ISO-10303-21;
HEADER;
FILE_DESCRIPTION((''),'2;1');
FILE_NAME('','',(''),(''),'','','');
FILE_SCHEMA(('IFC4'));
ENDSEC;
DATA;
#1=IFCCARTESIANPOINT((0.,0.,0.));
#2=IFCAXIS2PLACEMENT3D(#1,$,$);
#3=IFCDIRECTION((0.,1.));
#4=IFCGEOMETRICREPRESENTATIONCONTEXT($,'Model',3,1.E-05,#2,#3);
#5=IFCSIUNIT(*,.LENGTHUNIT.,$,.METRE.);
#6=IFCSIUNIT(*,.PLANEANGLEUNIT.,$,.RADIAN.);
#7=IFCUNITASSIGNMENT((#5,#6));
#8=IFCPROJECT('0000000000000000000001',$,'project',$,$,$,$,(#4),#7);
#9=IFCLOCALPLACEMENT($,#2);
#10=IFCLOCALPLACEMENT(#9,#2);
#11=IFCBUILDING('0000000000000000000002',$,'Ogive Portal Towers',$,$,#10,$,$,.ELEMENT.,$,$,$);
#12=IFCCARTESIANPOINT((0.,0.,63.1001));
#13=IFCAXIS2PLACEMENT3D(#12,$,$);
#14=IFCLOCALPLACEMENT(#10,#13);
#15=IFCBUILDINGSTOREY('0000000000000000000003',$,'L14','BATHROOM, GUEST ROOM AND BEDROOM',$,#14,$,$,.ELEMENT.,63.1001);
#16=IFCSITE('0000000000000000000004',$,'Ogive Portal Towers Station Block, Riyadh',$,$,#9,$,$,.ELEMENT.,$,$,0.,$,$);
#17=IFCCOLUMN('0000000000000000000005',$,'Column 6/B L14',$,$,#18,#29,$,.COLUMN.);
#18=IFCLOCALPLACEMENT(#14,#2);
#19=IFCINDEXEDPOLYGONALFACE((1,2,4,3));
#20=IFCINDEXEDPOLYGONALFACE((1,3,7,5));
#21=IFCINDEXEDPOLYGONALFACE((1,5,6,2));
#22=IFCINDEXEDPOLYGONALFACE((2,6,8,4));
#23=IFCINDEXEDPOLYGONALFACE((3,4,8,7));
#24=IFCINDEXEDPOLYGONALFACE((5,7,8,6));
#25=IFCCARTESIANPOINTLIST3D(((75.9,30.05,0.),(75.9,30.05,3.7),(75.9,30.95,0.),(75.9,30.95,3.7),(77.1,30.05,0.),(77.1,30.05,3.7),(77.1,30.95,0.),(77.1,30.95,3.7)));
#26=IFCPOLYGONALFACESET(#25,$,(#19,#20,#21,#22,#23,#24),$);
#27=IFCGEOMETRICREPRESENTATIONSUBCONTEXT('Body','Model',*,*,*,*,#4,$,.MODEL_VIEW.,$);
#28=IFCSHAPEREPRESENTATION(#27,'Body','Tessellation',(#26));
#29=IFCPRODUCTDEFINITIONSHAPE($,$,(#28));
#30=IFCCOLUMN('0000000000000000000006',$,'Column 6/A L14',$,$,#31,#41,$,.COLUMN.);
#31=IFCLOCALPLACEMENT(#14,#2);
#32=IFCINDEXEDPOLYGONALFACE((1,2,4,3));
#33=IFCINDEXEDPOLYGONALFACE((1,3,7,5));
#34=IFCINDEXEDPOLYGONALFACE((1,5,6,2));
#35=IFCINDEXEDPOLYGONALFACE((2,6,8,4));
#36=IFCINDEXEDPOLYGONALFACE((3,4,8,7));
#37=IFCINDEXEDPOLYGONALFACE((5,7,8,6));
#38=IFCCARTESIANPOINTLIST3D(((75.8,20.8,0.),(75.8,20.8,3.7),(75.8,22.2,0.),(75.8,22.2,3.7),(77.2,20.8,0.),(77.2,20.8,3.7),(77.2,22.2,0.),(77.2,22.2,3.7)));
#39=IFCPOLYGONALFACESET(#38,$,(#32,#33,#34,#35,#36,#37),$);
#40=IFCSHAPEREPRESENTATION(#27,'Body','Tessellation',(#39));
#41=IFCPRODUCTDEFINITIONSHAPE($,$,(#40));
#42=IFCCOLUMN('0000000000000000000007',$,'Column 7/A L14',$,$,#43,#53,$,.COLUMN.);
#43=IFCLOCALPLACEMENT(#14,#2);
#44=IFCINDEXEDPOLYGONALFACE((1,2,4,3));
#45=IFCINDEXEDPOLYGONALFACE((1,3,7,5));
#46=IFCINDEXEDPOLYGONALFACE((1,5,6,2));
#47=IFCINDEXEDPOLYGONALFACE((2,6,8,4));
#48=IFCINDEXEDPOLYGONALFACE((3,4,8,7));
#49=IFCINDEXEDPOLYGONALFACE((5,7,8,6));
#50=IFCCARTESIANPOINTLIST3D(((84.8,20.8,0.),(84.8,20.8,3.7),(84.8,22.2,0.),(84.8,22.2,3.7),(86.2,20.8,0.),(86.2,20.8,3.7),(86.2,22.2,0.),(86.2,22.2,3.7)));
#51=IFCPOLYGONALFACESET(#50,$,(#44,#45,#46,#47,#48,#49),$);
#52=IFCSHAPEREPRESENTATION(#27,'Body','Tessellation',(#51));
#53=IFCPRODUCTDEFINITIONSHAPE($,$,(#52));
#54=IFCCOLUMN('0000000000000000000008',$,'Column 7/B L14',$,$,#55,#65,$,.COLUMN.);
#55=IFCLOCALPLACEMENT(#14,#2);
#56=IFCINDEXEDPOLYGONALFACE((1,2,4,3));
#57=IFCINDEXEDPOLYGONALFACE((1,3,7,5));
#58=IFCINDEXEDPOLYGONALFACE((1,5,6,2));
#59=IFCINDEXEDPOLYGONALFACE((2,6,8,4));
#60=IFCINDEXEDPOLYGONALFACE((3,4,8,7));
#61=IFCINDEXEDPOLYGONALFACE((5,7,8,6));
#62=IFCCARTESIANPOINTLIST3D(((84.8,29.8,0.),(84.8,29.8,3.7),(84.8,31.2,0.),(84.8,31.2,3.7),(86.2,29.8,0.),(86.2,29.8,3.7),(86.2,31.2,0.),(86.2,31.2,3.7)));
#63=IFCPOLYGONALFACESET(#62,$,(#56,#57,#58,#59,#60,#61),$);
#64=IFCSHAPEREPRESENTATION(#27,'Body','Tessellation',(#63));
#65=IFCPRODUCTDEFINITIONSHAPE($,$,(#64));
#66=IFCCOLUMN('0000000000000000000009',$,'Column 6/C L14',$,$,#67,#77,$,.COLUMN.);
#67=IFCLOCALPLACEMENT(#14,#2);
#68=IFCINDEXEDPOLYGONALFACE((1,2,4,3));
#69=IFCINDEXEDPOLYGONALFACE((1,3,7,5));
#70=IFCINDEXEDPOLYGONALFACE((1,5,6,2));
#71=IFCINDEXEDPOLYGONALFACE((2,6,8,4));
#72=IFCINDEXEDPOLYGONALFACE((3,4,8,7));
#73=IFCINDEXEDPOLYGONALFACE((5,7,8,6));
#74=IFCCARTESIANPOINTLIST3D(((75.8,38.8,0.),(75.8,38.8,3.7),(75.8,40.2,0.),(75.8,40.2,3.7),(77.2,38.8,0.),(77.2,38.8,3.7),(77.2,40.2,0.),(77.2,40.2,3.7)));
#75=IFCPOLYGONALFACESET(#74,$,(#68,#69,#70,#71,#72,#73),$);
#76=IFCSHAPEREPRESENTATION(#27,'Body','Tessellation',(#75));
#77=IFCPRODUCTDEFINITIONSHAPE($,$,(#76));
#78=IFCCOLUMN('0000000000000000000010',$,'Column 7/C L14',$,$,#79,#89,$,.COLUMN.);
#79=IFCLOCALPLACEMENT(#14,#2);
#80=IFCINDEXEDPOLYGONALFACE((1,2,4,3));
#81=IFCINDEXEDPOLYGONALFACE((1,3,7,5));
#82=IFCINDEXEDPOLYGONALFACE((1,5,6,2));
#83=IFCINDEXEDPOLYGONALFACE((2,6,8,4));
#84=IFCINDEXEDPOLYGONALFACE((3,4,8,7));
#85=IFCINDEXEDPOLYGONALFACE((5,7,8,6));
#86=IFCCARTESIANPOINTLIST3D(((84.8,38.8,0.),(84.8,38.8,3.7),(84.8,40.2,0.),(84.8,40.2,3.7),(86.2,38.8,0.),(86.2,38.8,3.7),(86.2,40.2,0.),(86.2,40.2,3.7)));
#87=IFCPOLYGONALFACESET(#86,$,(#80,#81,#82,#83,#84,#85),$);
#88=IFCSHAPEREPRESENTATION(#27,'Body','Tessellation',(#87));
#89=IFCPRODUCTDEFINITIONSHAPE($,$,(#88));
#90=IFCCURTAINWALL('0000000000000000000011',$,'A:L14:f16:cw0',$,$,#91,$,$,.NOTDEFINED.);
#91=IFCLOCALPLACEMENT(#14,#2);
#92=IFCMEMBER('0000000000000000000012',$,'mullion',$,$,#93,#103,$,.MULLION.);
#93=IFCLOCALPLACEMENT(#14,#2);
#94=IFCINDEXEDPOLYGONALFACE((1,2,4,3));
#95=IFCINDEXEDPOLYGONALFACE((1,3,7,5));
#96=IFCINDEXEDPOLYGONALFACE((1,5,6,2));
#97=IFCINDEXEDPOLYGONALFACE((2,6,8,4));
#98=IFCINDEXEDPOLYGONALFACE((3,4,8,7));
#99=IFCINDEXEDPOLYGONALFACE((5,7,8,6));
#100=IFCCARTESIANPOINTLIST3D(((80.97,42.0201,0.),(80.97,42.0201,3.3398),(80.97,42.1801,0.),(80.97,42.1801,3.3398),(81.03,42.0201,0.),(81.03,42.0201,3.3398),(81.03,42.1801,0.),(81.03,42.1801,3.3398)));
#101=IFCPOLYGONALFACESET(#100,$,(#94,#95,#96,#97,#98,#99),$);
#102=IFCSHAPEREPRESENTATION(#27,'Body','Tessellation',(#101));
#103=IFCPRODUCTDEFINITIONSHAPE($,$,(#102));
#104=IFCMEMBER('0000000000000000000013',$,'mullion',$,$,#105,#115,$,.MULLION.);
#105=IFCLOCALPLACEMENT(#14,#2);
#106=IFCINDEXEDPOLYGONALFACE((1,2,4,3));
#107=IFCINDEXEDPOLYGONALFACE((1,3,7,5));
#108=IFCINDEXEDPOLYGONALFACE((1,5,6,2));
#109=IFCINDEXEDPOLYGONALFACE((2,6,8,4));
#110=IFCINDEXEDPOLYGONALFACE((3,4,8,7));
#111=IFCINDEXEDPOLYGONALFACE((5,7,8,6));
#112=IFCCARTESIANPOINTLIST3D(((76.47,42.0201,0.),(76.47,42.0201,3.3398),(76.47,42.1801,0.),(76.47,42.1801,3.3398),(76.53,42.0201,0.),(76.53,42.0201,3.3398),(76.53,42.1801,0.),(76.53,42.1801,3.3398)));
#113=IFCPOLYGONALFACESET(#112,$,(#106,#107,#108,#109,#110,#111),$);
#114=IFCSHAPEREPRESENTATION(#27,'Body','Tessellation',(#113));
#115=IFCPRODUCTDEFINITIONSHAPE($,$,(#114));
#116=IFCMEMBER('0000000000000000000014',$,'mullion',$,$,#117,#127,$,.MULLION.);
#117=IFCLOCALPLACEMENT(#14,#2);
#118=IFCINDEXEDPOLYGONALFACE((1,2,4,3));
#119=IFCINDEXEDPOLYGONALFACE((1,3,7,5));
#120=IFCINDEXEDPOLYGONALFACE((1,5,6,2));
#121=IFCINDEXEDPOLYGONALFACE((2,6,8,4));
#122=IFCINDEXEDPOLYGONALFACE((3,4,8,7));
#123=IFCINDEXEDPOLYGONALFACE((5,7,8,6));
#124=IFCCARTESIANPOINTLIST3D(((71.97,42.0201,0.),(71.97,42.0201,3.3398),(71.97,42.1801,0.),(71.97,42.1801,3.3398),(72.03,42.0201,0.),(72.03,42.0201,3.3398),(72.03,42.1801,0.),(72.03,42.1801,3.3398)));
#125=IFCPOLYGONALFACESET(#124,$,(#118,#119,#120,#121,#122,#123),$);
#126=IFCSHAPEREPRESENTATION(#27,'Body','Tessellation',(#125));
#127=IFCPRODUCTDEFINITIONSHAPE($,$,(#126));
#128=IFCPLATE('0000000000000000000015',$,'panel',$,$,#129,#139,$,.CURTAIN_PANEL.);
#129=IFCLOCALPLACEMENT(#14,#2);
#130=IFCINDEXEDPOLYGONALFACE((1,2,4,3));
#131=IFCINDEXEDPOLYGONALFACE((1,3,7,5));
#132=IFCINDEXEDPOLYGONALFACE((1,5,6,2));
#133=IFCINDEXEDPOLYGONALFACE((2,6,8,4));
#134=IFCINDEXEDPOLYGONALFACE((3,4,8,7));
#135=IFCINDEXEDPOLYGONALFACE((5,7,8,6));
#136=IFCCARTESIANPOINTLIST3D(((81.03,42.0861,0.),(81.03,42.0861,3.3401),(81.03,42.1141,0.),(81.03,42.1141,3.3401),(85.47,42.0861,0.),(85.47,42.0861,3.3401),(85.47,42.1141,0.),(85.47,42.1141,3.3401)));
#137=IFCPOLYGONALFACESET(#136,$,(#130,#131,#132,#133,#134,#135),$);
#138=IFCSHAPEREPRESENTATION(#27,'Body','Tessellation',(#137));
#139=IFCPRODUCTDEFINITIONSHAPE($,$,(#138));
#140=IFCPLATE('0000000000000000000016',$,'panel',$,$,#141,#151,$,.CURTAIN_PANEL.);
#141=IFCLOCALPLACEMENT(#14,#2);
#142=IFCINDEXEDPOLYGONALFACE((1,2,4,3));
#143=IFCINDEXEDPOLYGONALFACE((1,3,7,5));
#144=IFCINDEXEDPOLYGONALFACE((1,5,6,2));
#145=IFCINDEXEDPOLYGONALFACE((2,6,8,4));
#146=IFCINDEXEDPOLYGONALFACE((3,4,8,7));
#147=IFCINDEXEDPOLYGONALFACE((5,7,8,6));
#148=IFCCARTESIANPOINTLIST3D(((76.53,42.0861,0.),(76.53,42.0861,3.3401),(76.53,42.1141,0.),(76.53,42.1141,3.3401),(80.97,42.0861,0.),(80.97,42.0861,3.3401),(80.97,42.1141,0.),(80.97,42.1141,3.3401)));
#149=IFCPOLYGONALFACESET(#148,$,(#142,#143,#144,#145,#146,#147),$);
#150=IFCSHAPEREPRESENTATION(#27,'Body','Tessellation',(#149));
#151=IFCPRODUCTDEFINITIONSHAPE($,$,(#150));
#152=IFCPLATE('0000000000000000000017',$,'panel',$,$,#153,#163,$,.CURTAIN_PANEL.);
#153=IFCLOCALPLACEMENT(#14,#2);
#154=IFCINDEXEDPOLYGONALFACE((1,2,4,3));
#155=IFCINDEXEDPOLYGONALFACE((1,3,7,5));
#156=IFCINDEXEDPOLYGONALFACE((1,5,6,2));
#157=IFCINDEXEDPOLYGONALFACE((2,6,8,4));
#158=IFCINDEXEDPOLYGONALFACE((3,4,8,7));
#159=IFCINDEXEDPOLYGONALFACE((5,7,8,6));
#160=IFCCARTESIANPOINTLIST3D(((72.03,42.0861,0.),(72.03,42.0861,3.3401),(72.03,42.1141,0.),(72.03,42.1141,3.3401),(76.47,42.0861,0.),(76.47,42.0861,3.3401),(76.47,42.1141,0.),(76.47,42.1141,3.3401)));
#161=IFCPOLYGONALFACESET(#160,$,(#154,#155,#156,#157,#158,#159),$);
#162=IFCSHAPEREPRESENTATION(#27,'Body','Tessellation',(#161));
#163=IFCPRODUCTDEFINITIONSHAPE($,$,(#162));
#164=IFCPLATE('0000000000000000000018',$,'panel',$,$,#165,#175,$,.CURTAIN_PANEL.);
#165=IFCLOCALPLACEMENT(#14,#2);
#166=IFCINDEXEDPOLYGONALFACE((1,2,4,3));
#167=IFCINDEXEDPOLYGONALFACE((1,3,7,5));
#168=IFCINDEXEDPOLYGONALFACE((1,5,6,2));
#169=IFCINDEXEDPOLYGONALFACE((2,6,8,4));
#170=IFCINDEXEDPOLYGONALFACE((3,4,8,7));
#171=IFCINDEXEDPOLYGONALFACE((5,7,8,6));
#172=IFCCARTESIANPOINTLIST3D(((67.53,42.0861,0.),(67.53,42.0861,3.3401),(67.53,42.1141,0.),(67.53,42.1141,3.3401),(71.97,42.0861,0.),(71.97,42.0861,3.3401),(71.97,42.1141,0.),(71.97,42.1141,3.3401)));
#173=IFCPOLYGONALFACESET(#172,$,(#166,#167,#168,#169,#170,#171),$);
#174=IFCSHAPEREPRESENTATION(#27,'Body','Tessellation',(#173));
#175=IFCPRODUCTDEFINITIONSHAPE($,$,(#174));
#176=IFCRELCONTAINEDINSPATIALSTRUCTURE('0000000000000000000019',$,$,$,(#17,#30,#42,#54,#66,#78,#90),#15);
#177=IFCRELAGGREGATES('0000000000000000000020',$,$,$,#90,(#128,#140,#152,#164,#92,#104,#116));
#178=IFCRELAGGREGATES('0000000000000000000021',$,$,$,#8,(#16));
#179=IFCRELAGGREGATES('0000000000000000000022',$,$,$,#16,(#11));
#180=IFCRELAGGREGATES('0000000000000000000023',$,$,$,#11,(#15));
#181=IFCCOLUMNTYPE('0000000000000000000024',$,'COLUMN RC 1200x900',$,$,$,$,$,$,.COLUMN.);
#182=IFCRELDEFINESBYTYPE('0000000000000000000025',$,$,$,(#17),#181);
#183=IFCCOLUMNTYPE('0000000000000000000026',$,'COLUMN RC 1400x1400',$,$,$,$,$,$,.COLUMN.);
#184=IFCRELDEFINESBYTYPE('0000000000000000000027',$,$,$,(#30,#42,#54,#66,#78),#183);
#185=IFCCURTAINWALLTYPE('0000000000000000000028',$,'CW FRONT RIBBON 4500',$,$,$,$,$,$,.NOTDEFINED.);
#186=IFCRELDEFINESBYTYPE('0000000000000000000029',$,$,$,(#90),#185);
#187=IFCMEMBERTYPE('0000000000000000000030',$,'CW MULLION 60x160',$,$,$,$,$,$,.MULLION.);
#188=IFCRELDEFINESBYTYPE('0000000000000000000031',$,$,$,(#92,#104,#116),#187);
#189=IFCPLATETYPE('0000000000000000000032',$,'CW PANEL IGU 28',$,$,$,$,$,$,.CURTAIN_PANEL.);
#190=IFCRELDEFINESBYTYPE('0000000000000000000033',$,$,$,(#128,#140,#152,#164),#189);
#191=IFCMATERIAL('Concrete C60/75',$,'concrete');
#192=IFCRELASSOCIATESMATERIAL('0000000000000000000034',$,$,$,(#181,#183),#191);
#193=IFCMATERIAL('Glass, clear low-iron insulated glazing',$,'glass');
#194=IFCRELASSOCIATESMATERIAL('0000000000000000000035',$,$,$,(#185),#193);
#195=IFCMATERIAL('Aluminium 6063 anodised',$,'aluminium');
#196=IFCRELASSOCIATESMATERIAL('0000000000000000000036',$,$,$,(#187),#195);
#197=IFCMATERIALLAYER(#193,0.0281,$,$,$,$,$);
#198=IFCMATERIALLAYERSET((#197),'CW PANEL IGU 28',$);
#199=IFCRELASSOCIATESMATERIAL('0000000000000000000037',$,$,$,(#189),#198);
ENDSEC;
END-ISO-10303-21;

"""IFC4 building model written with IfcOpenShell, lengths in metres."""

from ifc_helpers import new_model, si_unit, direction, frame, origin, origin_2d, place, context, subcontext, project, spatial, rectangle, extrude, material, layer, layer_set, material_profile, profile_set, type_object, element, aggregate, save


model = new_model("IFC4")

# Units and contexts
model_context = context("Model", 3, precision=1e-05, world=origin(), true_north=direction((0.0, 1.0)))
body_context = subcontext(model_context, "Body", "Model", "MODEL_VIEW")
ifc_project = project(units=[si_unit("LENGTHUNIT", "METRE"), si_unit("PLANEANGLEUNIT", "RADIAN")], contexts=[model_context])

# Site, building, storey
site_placement = place(None, origin())
site = spatial("IfcSite", under=ifc_project, at=site_placement, Name="Ogive Portal Towers Station Block, Riyadh", CompositionType="ELEMENT", RefElevation=0.0)
building_placement = place(site_placement, origin())
building = spatial("IfcBuilding", under=site, at=building_placement, Name="Ogive Portal Towers", CompositionType="ELEMENT")
storey_placement = place(building_placement, frame((0.0, 0.0, 63.1001)))
storey = spatial("IfcBuildingStorey", under=building, at=storey_placement, Name="L14", Description="BATHROOM, GUEST ROOM AND BEDROOM", CompositionType="ELEMENT", Elevation=63.1001)

# Columns
ifc_material_1 = material(Name="Concrete C60/75", Category="concrete")
ifc_material_profile_1 = material_profile(ifc_material_1, rectangle(XDim=1.2, YDim=0.8999, at=origin_2d()), Name="RC 1200x900")
ifc_profile_set_1 = profile_set([ifc_material_profile_1], Name="Concrete C60/75")
column_type_1 = type_object("IfcColumnType", Name="COLUMN RC 1200x900", PredefinedType="COLUMN", material=ifc_profile_set_1)
column_placement = place(storey_placement, frame((76.5, 30.5, 0.0), z_axis=(0.0, 0.0, 1.0), x_axis=(1.0, 0.0, 0.0)))
element("IfcColumn", 1, at=column_placement, inside=storey, type_object=column_type_1, Name="Column 6/B L14", PredefinedType="COLUMN", context=body_context, shape_type="SweptSolid", body=[
    extrude(rectangle(XDim=1.2, YDim=0.8999, at=origin_2d()), origin(), (0.0, 0.0, 1.0), 3.7),
])
ifc_material_profile_2 = material_profile(ifc_material_1, rectangle(XDim=1.3999, YDim=1.3999, at=origin_2d()), Name="RC 1400x1400")
ifc_profile_set_2 = profile_set([ifc_material_profile_2], Name="Concrete C60/75")
column_type_2 = type_object("IfcColumnType", Name="COLUMN RC 1400x1400", PredefinedType="COLUMN", material=ifc_profile_set_2)
for number, where, z_axis, x_axis, name in (
    (2, (76.5, 21.5, 0.0), (0.0, 0.0, 1.0), (1.0, 0.0, 0.0), "Column 6/A L14"),
    (3, (85.5, 21.5, 0.0), (0.0, 0.0, 1.0), (1.0, 0.0, 0.0), "Column 7/A L14"),
    (4, (85.5, 30.5, 0.0), (0.0, 0.0, 1.0), (1.0, 0.0, 0.0), "Column 7/B L14"),
    (5, (76.5, 39.5, 0.0), (0.0, 0.0, 1.0), (1.0, 0.0, 0.0), "Column 6/C L14"),
    (6, (85.5, 39.5, 0.0), (0.0, 0.0, 1.0), (1.0, 0.0, 0.0), "Column 7/C L14"),
):
    element("IfcColumn", number, at=place(storey_placement, frame(where, z_axis=z_axis, x_axis=x_axis)), inside=storey, type_object=column_type_2, Name=name, PredefinedType="COLUMN", context=body_context, shape_type="SweptSolid", body=[
        extrude(rectangle(XDim=1.3999, YDim=1.3999, at=origin_2d()), origin(), (0.0, 0.0, 1.0), 3.7),
    ])

# Curtain wall, members, plates
ifc_material_2 = material(Name="Glass, clear low-iron insulated glazing", Category="glass")
curtain_wall_type = type_object("IfcCurtainWallType", Name="CW FRONT RIBBON 4500", PredefinedType="NOTDEFINED", material=ifc_material_2)
curtain_wall_placement = place(storey_placement, origin())
curtain_wall = element("IfcCurtainWall", 7, at=curtain_wall_placement, inside=storey, type_object=curtain_wall_type, Name="A:L14:f16:cw0", PredefinedType="NOTDEFINED")
ifc_material_3 = material(Name="Aluminium 6063 anodised", Category="aluminium")
ifc_material_profile_3 = material_profile(ifc_material_3, rectangle(XDim=0.1599, YDim=0.0601, at=origin_2d()), Name="AL 60x160")
ifc_profile_set_3 = profile_set([ifc_material_profile_3], Name="Aluminium 6063 anodised")
member_type = type_object("IfcMemberType", Name="CW MULLION 60x160", PredefinedType="MULLION", material=ifc_profile_set_3)
member_1_placement = place(storey_placement, frame((81.0, 42.1001, 0.0), z_axis=(0.0, 0.0, 1.0), x_axis=(0.0, -1.0, 0.0)))
member_1 = element("IfcMember", 8, at=member_1_placement, type_object=member_type, Name="mullion", PredefinedType="MULLION", context=body_context, shape_type="SweptSolid", body=[
    extrude(rectangle(XDim=0.1599, YDim=0.0601, at=origin_2d()), origin(), (0.0, 0.0, 1.0), 3.3398),
])
member_2_placement = place(storey_placement, frame((76.5, 42.1001, 0.0), z_axis=(0.0, 0.0, 1.0), x_axis=(0.0, -1.0, 0.0)))
member_2 = element("IfcMember", 9, at=member_2_placement, type_object=member_type, Name="mullion", PredefinedType="MULLION", context=body_context, shape_type="SweptSolid", body=[
    extrude(rectangle(XDim=0.1599, YDim=0.0601, at=origin_2d()), origin(), (0.0, 0.0, 1.0), 3.3398),
])
member_3_placement = place(storey_placement, frame((72.0, 42.1001, 0.0), z_axis=(0.0, 0.0, 1.0), x_axis=(0.0, -1.0, 0.0)))
member_3 = element("IfcMember", 10, at=member_3_placement, type_object=member_type, Name="mullion", PredefinedType="MULLION", context=body_context, shape_type="SweptSolid", body=[
    extrude(rectangle(XDim=0.1599, YDim=0.0601, at=origin_2d()), origin(), (0.0, 0.0, 1.0), 3.3398),
])
ifc_layer_1 = layer(ifc_material_2, 0.0281)
ifc_layer_set_1 = layer_set([ifc_layer_1], Name="CW PANEL IGU 28")
plate_type = type_object("IfcPlateType", Name="CW PANEL IGU 28", PredefinedType="CURTAIN_PANEL", material=ifc_layer_set_1)
plate_1_placement = place(storey_placement, frame((83.25, 42.1001, 0.0), z_axis=(0.0, 0.0, 1.0), x_axis=(-1.0, 0.0, 0.0)))
plate_1 = element("IfcPlate", 11, at=plate_1_placement, type_object=plate_type, Name="panel", PredefinedType="CURTAIN_PANEL", context=body_context, shape_type="SweptSolid", body=[
    extrude(rectangle(XDim=4.4399, YDim=0.0281, at=origin_2d()), origin(), (0.0, 0.0, 1.0), 3.3401),
])
plate_2_placement = place(storey_placement, frame((78.75, 42.1001, 0.0), z_axis=(0.0, 0.0, 1.0), x_axis=(-1.0, 0.0, 0.0)))
plate_2 = element("IfcPlate", 12, at=plate_2_placement, type_object=plate_type, Name="panel", PredefinedType="CURTAIN_PANEL", context=body_context, shape_type="SweptSolid", body=[
    extrude(rectangle(XDim=4.4399, YDim=0.0281, at=origin_2d()), origin(), (0.0, 0.0, 1.0), 3.3401),
])
plate_3_placement = place(storey_placement, frame((74.25, 42.1001, 0.0), z_axis=(0.0, 0.0, 1.0), x_axis=(-1.0, 0.0, 0.0)))
plate_3 = element("IfcPlate", 13, at=plate_3_placement, type_object=plate_type, Name="panel", PredefinedType="CURTAIN_PANEL", context=body_context, shape_type="SweptSolid", body=[
    extrude(rectangle(XDim=4.4399, YDim=0.0281, at=origin_2d()), origin(), (0.0, 0.0, 1.0), 3.3401),
])
plate_4_placement = place(storey_placement, frame((69.75, 42.1001, 0.0), z_axis=(0.0, 0.0, 1.0), x_axis=(-1.0, 0.0, 0.0)))
plate_4 = element("IfcPlate", 14, at=plate_4_placement, type_object=plate_type, Name="panel", PredefinedType="CURTAIN_PANEL", context=body_context, shape_type="SweptSolid", body=[
    extrude(rectangle(XDim=4.4399, YDim=0.0281, at=origin_2d()), origin(), (0.0, 0.0, 1.0), 3.3401),
])
aggregate(curtain_wall, [plate_1, plate_2, plate_3, plate_4, member_1, member_2, member_3])

save(model, "model.ifc")
